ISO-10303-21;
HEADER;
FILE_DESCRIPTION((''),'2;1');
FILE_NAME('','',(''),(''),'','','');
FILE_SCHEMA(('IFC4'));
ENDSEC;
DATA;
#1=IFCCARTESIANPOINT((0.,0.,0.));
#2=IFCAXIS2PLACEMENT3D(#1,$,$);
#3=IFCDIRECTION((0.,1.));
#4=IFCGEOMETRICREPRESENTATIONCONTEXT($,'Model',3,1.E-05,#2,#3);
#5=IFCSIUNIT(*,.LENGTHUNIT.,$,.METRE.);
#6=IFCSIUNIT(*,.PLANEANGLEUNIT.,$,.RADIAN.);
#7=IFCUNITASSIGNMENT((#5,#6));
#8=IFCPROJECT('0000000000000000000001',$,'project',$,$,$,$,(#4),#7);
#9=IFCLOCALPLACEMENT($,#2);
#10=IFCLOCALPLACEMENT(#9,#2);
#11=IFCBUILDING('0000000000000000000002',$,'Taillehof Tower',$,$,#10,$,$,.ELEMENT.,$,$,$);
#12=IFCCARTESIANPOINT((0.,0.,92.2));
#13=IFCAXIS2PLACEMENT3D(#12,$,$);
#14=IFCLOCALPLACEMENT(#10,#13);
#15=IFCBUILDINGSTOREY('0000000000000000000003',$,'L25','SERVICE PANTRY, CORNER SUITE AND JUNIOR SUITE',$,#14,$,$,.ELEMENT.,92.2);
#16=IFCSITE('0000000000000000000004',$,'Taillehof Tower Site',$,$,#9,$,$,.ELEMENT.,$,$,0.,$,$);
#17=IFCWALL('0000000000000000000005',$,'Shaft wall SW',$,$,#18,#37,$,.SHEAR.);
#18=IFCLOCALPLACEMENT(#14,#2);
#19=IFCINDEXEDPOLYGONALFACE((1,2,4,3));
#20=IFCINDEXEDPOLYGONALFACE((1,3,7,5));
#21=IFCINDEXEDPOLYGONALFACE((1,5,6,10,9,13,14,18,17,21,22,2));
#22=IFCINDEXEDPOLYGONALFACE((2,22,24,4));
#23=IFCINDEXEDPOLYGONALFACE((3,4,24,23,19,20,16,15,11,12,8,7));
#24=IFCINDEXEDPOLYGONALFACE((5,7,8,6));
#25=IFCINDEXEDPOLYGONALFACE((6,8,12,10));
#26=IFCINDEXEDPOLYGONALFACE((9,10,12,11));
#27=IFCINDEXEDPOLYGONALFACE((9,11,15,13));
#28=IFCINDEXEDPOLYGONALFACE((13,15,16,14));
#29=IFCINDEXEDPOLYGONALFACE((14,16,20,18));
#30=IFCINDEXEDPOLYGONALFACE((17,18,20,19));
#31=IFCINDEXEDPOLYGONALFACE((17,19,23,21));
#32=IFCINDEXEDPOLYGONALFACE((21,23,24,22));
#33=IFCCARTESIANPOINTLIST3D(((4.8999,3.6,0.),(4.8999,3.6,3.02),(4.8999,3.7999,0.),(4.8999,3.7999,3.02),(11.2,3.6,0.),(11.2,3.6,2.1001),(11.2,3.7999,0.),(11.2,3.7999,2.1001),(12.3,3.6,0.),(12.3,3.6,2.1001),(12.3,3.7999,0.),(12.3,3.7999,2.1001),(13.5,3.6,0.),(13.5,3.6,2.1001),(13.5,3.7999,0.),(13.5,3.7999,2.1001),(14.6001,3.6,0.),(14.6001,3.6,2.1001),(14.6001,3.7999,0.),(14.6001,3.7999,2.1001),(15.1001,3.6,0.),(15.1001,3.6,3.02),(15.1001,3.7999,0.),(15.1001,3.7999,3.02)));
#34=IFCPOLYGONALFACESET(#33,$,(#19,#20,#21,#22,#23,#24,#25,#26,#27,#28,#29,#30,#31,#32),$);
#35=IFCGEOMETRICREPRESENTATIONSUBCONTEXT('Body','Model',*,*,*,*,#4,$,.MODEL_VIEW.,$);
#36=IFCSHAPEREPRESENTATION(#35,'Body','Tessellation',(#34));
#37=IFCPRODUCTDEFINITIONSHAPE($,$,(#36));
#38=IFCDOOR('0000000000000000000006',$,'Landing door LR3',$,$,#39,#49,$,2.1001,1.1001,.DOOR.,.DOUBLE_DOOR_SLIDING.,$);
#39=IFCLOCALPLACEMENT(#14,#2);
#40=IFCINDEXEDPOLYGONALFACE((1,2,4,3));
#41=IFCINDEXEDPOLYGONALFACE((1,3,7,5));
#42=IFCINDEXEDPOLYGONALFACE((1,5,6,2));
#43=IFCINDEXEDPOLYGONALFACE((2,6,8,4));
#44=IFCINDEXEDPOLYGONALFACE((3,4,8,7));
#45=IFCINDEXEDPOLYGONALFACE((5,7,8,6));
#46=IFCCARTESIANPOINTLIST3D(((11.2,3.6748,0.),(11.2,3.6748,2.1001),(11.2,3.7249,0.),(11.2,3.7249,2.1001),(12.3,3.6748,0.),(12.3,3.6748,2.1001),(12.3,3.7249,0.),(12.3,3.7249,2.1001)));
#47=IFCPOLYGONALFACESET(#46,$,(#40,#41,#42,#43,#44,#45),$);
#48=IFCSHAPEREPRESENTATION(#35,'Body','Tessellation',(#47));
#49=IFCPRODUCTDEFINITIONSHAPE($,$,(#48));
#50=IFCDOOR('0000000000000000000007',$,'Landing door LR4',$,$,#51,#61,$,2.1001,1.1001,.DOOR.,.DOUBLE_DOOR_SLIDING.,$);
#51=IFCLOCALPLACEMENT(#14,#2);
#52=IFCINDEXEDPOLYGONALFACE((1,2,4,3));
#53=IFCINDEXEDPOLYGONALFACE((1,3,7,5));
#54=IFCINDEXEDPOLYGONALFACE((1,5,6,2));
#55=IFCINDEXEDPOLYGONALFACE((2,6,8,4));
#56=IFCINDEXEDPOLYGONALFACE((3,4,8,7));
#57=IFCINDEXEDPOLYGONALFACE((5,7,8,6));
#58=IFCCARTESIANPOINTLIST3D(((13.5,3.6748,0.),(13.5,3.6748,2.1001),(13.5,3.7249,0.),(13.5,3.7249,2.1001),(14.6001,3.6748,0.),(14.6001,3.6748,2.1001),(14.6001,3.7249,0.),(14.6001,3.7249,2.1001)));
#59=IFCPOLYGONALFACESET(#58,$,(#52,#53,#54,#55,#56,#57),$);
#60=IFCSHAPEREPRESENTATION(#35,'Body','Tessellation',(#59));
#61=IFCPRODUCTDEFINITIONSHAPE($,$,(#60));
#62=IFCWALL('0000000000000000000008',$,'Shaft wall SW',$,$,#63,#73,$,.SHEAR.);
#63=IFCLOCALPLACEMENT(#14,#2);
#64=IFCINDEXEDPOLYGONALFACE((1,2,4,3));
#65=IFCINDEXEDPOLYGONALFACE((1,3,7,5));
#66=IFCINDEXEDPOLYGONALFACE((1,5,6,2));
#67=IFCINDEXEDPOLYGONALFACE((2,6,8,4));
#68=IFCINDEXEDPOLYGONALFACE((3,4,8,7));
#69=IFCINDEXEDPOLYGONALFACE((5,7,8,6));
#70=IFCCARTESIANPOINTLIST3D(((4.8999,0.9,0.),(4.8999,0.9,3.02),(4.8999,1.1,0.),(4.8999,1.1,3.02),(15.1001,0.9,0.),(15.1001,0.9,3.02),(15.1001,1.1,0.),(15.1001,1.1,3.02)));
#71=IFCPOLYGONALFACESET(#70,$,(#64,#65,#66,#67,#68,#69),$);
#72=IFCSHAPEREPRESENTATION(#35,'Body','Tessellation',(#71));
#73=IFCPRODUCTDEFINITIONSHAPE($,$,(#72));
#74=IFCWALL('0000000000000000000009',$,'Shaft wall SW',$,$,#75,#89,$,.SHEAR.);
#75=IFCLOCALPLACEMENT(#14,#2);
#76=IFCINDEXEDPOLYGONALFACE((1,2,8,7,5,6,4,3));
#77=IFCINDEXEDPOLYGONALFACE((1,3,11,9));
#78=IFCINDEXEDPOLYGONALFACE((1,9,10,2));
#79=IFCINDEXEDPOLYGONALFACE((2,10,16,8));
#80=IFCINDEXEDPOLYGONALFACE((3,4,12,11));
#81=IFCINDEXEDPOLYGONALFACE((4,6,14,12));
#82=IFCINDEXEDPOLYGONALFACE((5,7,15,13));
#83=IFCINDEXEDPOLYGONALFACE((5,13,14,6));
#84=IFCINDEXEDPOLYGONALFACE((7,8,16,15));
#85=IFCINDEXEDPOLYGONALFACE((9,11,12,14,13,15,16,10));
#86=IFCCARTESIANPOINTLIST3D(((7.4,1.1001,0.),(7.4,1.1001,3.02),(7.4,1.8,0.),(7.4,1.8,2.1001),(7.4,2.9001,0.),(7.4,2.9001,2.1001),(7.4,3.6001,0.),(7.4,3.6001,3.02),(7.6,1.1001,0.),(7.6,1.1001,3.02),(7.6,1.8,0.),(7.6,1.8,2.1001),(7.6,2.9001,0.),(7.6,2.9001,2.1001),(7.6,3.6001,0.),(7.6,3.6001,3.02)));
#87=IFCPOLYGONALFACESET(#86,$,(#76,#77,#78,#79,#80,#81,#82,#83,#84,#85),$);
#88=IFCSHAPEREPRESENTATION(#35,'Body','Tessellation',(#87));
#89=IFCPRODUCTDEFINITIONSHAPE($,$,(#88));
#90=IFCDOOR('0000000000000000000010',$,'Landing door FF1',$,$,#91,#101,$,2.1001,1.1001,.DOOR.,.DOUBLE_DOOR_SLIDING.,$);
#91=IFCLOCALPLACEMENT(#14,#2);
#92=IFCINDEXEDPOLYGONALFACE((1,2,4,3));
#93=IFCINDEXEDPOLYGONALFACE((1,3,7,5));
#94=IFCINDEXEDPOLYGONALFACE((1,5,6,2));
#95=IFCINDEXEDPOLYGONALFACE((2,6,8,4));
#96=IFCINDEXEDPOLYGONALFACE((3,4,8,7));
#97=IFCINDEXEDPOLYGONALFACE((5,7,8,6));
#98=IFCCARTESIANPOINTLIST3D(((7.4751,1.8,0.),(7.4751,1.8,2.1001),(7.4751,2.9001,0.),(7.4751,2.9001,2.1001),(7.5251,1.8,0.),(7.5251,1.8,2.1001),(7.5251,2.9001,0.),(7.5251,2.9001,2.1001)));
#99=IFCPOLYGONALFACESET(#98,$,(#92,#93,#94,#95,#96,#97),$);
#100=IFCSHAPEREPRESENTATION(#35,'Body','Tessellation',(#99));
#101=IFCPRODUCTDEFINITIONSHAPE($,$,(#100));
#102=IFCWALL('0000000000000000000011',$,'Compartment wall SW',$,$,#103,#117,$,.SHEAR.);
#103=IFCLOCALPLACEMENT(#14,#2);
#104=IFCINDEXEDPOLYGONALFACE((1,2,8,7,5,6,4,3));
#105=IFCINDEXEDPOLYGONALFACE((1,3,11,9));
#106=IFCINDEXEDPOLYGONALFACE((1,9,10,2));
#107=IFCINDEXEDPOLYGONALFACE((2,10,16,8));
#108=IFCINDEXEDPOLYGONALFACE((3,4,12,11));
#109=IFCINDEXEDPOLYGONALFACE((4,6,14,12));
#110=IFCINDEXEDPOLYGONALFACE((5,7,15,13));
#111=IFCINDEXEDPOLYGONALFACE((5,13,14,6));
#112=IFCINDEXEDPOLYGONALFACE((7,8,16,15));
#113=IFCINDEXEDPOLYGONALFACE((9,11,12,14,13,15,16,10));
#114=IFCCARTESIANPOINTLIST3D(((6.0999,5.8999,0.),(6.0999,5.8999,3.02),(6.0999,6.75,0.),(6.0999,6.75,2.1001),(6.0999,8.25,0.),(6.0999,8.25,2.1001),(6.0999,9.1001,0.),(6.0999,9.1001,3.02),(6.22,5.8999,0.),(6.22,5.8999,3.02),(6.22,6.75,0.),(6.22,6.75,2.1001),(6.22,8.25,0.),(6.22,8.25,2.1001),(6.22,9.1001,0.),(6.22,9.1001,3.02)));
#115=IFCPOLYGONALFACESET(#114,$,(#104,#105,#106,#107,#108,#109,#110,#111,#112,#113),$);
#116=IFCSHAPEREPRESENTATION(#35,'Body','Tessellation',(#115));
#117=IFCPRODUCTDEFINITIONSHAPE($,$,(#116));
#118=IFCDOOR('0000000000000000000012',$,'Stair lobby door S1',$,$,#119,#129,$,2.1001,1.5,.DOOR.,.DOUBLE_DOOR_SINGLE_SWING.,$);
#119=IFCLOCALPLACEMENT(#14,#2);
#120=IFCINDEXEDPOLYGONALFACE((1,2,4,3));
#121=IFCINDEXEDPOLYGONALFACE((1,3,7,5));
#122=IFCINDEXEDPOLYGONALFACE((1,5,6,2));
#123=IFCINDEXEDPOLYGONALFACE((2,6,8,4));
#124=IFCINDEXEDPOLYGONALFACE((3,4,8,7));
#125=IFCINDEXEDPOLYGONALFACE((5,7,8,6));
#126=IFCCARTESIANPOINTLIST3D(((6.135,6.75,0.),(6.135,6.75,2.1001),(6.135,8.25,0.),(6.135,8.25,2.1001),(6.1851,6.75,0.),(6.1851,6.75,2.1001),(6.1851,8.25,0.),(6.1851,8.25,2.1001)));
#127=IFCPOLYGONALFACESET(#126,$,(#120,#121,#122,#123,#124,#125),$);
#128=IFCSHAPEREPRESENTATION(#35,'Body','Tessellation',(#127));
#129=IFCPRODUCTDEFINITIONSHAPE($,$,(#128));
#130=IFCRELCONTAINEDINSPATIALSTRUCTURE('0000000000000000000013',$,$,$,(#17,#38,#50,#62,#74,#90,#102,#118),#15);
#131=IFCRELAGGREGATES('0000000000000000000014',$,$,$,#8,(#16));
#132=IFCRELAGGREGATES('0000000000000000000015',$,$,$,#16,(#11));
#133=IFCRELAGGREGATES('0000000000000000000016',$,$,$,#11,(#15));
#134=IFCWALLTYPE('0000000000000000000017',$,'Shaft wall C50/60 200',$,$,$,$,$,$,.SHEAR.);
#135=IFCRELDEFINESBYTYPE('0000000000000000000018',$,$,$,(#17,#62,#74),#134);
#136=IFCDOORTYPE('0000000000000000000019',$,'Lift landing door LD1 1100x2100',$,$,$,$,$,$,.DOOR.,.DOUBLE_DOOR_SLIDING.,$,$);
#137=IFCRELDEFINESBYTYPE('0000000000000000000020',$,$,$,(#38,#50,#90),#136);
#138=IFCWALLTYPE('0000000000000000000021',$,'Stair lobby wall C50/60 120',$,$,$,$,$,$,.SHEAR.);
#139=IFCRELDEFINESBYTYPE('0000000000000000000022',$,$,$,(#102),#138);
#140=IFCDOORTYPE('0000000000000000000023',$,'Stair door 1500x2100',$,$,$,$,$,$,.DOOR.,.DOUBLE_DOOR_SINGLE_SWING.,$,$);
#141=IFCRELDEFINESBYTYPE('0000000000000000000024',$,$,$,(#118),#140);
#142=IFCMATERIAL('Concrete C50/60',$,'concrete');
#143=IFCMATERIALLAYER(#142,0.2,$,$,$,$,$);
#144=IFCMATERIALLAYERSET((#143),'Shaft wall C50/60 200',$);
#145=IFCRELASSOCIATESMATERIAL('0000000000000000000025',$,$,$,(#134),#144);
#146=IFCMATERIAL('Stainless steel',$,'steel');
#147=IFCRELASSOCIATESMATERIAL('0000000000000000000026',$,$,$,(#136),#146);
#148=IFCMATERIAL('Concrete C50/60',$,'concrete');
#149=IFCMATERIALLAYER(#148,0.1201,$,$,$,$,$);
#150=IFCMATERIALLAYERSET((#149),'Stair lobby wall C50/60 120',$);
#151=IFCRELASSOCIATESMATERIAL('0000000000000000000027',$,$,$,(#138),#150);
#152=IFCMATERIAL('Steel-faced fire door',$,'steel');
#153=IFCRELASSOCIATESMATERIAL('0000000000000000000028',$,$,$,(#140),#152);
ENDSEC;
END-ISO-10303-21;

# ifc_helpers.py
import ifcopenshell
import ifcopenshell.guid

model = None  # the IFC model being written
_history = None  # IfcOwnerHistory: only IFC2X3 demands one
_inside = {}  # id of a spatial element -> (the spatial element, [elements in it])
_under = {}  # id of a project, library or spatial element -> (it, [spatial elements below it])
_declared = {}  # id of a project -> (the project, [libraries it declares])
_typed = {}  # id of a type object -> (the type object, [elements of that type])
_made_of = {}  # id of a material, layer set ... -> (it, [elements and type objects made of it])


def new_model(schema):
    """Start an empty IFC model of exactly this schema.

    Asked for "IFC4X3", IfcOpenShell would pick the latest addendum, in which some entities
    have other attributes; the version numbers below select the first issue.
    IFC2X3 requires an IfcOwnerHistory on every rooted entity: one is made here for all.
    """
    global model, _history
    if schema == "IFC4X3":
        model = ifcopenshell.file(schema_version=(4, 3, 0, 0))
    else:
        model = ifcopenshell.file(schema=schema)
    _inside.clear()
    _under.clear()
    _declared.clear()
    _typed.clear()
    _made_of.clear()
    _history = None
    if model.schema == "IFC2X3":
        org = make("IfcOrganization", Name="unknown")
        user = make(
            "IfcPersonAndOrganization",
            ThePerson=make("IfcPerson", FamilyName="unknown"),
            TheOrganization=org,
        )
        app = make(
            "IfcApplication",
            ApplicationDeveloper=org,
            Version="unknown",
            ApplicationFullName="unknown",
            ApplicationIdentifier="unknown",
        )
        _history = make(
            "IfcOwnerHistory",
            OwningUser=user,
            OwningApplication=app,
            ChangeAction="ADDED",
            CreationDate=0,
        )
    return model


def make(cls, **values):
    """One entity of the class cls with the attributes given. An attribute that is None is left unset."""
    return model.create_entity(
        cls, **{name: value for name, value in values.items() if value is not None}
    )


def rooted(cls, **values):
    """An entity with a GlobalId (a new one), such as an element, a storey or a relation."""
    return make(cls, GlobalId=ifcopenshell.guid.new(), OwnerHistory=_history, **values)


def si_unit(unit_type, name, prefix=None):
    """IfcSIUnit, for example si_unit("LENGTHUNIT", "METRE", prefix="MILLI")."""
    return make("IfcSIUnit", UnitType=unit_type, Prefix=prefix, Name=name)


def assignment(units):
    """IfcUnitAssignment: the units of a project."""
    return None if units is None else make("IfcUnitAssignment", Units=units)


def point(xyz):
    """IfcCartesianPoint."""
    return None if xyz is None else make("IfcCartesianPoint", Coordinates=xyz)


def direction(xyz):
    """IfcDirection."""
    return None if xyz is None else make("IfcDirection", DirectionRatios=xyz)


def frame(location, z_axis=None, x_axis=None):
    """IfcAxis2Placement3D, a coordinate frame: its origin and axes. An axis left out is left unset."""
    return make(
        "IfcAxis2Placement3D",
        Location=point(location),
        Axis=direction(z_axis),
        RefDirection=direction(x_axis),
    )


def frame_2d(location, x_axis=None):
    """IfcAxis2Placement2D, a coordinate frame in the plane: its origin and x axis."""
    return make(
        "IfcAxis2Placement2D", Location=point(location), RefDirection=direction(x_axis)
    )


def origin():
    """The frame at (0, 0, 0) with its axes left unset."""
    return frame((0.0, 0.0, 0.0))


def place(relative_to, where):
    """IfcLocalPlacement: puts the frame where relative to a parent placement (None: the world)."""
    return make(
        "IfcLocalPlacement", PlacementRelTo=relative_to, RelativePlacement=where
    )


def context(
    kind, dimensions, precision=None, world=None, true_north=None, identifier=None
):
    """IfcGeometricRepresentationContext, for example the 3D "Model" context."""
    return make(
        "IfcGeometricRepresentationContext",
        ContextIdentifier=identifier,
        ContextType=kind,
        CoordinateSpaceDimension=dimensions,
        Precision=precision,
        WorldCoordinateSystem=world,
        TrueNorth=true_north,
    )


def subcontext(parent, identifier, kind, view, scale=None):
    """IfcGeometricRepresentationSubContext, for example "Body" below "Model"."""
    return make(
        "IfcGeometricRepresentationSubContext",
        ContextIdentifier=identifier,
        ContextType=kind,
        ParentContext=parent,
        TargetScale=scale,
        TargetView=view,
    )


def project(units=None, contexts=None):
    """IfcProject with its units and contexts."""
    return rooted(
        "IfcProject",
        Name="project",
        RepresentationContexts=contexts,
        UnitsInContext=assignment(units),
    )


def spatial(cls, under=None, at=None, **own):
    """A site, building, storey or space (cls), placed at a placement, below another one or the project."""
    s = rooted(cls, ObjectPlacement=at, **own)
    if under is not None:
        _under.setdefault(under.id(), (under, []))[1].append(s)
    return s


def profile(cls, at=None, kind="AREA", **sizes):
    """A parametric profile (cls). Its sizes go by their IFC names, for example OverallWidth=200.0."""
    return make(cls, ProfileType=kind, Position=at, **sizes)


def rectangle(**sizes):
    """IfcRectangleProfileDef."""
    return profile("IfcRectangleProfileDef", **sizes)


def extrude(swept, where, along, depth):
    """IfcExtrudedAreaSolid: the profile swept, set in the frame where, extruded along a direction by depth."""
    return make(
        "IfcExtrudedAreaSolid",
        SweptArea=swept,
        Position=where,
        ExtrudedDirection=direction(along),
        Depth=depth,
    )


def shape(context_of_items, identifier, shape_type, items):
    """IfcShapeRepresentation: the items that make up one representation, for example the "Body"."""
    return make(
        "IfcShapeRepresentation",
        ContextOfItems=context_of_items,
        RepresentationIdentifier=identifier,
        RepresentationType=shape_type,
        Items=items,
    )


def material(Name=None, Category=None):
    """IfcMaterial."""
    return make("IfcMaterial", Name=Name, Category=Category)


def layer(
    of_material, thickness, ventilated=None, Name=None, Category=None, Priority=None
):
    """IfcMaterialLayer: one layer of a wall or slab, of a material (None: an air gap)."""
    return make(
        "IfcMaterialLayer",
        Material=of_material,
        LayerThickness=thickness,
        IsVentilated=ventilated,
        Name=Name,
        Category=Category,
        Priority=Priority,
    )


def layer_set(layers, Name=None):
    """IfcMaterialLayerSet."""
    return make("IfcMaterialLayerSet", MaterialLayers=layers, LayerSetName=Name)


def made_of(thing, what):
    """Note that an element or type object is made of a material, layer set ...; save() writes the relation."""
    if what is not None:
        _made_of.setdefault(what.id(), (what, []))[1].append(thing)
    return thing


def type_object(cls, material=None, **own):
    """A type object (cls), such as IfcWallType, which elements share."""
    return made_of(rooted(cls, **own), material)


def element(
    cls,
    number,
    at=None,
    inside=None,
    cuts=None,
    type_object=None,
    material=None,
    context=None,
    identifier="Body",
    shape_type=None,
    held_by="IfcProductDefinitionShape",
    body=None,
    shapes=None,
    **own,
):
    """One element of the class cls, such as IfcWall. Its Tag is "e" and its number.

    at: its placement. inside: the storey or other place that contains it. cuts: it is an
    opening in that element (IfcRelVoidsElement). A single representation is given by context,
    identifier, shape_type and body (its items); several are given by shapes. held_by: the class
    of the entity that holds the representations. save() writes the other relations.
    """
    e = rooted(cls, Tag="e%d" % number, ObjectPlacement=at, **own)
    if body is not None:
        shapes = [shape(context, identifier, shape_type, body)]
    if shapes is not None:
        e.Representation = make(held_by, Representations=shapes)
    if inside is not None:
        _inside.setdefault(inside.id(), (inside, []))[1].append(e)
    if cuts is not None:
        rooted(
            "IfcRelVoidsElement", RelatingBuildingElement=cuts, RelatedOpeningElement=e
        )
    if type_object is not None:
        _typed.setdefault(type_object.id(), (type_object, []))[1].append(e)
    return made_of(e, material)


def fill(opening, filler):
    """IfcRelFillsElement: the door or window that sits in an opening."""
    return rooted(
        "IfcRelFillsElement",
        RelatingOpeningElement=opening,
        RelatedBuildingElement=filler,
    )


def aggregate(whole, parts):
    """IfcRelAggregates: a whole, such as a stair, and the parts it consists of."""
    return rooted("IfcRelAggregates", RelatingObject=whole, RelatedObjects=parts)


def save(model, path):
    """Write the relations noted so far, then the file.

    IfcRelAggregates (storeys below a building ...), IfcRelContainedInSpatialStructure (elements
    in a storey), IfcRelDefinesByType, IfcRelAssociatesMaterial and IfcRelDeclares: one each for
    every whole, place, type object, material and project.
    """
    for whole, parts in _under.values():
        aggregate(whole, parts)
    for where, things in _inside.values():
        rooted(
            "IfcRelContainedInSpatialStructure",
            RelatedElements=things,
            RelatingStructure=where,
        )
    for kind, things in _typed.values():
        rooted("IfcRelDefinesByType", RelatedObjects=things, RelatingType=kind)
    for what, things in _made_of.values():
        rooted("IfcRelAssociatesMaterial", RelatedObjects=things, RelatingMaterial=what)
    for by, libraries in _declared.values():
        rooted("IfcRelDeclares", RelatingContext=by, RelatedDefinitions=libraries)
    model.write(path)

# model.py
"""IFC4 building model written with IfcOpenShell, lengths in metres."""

from ifc_helpers import new_model, si_unit, direction, frame, frame_2d, origin, place, context, subcontext, project, spatial, rectangle, extrude, material, layer, layer_set, type_object, element, fill, save


model = new_model("IFC4")

# Units and contexts
model_context = context("Model", 3, precision=1e-05, world=origin(), true_north=direction((0.0, 1.0)))
body_context = subcontext(model_context, "Body", "Model", "MODEL_VIEW")
ifc_project = project(units=[si_unit("LENGTHUNIT", "METRE"), si_unit("PLANEANGLEUNIT", "RADIAN")], contexts=[model_context])

# Site, building, storey
site_placement = place(None, origin())
site = spatial("IfcSite", under=ifc_project, at=site_placement, Name="Taillehof Tower Site", CompositionType="ELEMENT", RefElevation=0.0)
building_placement = place(site_placement, origin())
building = spatial("IfcBuilding", under=site, at=building_placement, Name="Taillehof Tower", CompositionType="ELEMENT")
storey_placement = place(building_placement, frame((0.0, 0.0, 92.2)))
storey = spatial("IfcBuildingStorey", under=building, at=storey_placement, Name="L25", Description="SERVICE PANTRY, CORNER SUITE AND JUNIOR SUITE", CompositionType="ELEMENT", Elevation=92.2)

# Wall, openings, doors
ifc_material_1 = material(Name="Concrete C50/60", Category="concrete")
ifc_layer_1 = layer(ifc_material_1, 0.2)
ifc_layer_set_1 = layer_set([ifc_layer_1], Name="Shaft wall C50/60 200")
wall_type_1 = type_object("IfcWallType", Name="Shaft wall C50/60 200", PredefinedType="SHEAR", material=ifc_layer_set_1)
ifc_material_2 = material(Name="Stainless steel", Category="steel")
door_type_1 = type_object("IfcDoorType", Name="Lift landing door LD1 1100x2100", OperationType="DOUBLE_DOOR_SLIDING", PredefinedType="DOOR", material=ifc_material_2)
wall_1_placement = place(storey_placement, frame((4.8999, 3.7, 0.0), z_axis=(0.0, 0.0, 1.0), x_axis=(1.0, 0.0, 0.0)))
wall_1 = element("IfcWall", 1, at=wall_1_placement, inside=storey, type_object=wall_type_1, Name="Shaft wall SW", PredefinedType="SHEAR", context=body_context, shape_type="SweptSolid", body=[
    extrude(rectangle(XDim=10.2002, YDim=0.2, at=frame_2d((5.1001, 0.0))), origin(), (0.0, 0.0, 1.0), 3.02),
])
opening_1_placement = place(wall_1_placement, frame((6.3, 0.0, 0.0)))
opening_1 = element("IfcOpeningElement", 2, at=opening_1_placement, cuts=wall_1, PredefinedType="OPENING", context=body_context, shape_type="SweptSolid", body=[
    extrude(rectangle(XDim=1.1001, YDim=2.1001, at=frame_2d((0.55, 1.05))), frame((0.0, 0.1099, 0.0), z_axis=(0.0, -1.0, 0.0), x_axis=(1.0, 0.0, 0.0)), (0.0, 0.0, 1.0), 0.22),
])
opening_2_placement = place(wall_1_placement, frame((8.6001, 0.0, 0.0)))
opening_2 = element("IfcOpeningElement", 3, at=opening_2_placement, cuts=wall_1, PredefinedType="OPENING", context=body_context, shape_type="SweptSolid", body=[
    extrude(rectangle(XDim=1.1001, YDim=2.1001, at=frame_2d((0.55, 1.05))), frame((0.0, 0.1099, 0.0), z_axis=(0.0, -1.0, 0.0), x_axis=(1.0, 0.0, 0.0)), (0.0, 0.0, 1.0), 0.22),
])
door_1_placement = place(opening_1_placement, origin())
door_1 = element("IfcDoor", 4, at=door_1_placement, inside=storey, type_object=door_type_1, Name="Landing door LR3", OperationType="DOUBLE_DOOR_SLIDING", OverallHeight=2.1001, OverallWidth=1.1001, PredefinedType="DOOR", context=body_context, shape_type="SweptSolid", body=[
    extrude(rectangle(XDim=1.1001, YDim=2.1001, at=frame_2d((0.55, 1.05))), frame((0.0, 0.0249, 0.0), z_axis=(0.0, -1.0, 0.0), x_axis=(1.0, 0.0, 0.0)), (0.0, 0.0, 1.0), 0.05),
])
fill(opening_1, door_1)
door_2_placement = place(opening_2_placement, origin())
door_2 = element("IfcDoor", 5, at=door_2_placement, inside=storey, type_object=door_type_1, Name="Landing door LR4", OperationType="DOUBLE_DOOR_SLIDING", OverallHeight=2.1001, OverallWidth=1.1001, PredefinedType="DOOR", context=body_context, shape_type="SweptSolid", body=[
    extrude(rectangle(XDim=1.1001, YDim=2.1001, at=frame_2d((0.55, 1.05))), frame((0.0, 0.0249, 0.0), z_axis=(0.0, -1.0, 0.0), x_axis=(1.0, 0.0, 0.0)), (0.0, 0.0, 1.0), 0.05),
])
fill(opening_2, door_2)

# Wall
wall_2_placement = place(storey_placement, frame((4.8999, 1.0, 0.0), z_axis=(0.0, 0.0, 1.0), x_axis=(1.0, 0.0, 0.0)))
element("IfcWall", 6, at=wall_2_placement, inside=storey, type_object=wall_type_1, Name="Shaft wall SW", PredefinedType="SHEAR", context=body_context, shape_type="SweptSolid", body=[
    extrude(rectangle(XDim=10.2002, YDim=0.2, at=frame_2d((5.1001, 0.0))), origin(), (0.0, 0.0, 1.0), 3.02),
])

# Walls, openings, doors
wall_3_placement = place(storey_placement, frame((7.5, 1.1001, 0.0), z_axis=(0.0, 0.0, 1.0), x_axis=(0.0, 1.0, 0.0)))
wall_3 = element("IfcWall", 7, at=wall_3_placement, inside=storey, type_object=wall_type_1, Name="Shaft wall SW", PredefinedType="SHEAR", context=body_context, shape_type="SweptSolid", body=[
    extrude(rectangle(XDim=2.5, YDim=0.2, at=frame_2d((1.25, 0.0))), origin(), (0.0, 0.0, 1.0), 3.02),
])
opening_3_placement = place(wall_3_placement, frame((0.7, 0.0, 0.0)))
opening_3 = element("IfcOpeningElement", 8, at=opening_3_placement, cuts=wall_3, PredefinedType="OPENING", context=body_context, shape_type="SweptSolid", body=[
    extrude(rectangle(XDim=1.1001, YDim=2.1001, at=frame_2d((0.55, 1.05))), frame((0.0, 0.1099, 0.0), z_axis=(0.0, -1.0, 0.0), x_axis=(1.0, 0.0, 0.0)), (0.0, 0.0, 1.0), 0.22),
])
door_3_placement = place(opening_3_placement, origin())
door_3 = element("IfcDoor", 9, at=door_3_placement, inside=storey, type_object=door_type_1, Name="Landing door FF1", OperationType="DOUBLE_DOOR_SLIDING", OverallHeight=2.1001, OverallWidth=1.1001, PredefinedType="DOOR", context=body_context, shape_type="SweptSolid", body=[
    extrude(rectangle(XDim=1.1001, YDim=2.1001, at=frame_2d((0.55, 1.05))), frame((0.0, 0.0249, 0.0), z_axis=(0.0, -1.0, 0.0), x_axis=(1.0, 0.0, 0.0)), (0.0, 0.0, 1.0), 0.05),
])
fill(opening_3, door_3)
ifc_material_3 = material(Name="Concrete C50/60", Category="concrete")
ifc_layer_2 = layer(ifc_material_3, 0.1201)
ifc_layer_set_2 = layer_set([ifc_layer_2], Name="Stair lobby wall C50/60 120")
wall_type_2 = type_object("IfcWallType", Name="Stair lobby wall C50/60 120", PredefinedType="SHEAR", material=ifc_layer_set_2)
wall_4_placement = place(storey_placement, frame((6.1599, 5.8999, 0.0), z_axis=(0.0, 0.0, 1.0), x_axis=(0.0, 1.0, 0.0)))
wall_4 = element("IfcWall", 10, at=wall_4_placement, inside=storey, type_object=wall_type_2, Name="Compartment wall SW", PredefinedType="SHEAR", context=body_context, shape_type="SweptSolid", body=[
    extrude(rectangle(XDim=3.2002, YDim=0.1201, at=frame_2d((1.6001, 0.0))), origin(), (0.0, 0.0, 1.0), 3.02),
])
opening_4_placement = place(wall_4_placement, frame((0.8501, 0.0, 0.0)))
opening_4 = element("IfcOpeningElement", 11, at=opening_4_placement, cuts=wall_4, PredefinedType="OPENING", context=body_context, shape_type="SweptSolid", body=[
    extrude(rectangle(XDim=1.5, YDim=2.1001, at=frame_2d((0.75, 1.05))), frame((0.0, 0.0701, 0.0), z_axis=(0.0, -1.0, 0.0), x_axis=(1.0, 0.0, 0.0)), (0.0, 0.0, 1.0), 0.1401),
])
ifc_material_4 = material(Name="Steel-faced fire door", Category="steel")
door_type_2 = type_object("IfcDoorType", Name="Stair door 1500x2100", OperationType="DOUBLE_DOOR_SINGLE_SWING", PredefinedType="DOOR", material=ifc_material_4)
door_4_placement = place(opening_4_placement, origin())
door_4 = element("IfcDoor", 12, at=door_4_placement, inside=storey, type_object=door_type_2, Name="Stair lobby door S1", OperationType="DOUBLE_DOOR_SINGLE_SWING", OverallHeight=2.1001, OverallWidth=1.5, PredefinedType="DOOR", context=body_context, shape_type="SweptSolid", body=[
    extrude(rectangle(XDim=1.5, YDim=2.1001, at=frame_2d((0.75, 1.05))), frame((0.0, 0.0249, 0.0), z_axis=(0.0, -1.0, 0.0), x_axis=(1.0, 0.0, 0.0)), (0.0, 0.0, 1.0), 0.05),
])
fill(opening_4, door_4)

save(model, "model.ifc")
